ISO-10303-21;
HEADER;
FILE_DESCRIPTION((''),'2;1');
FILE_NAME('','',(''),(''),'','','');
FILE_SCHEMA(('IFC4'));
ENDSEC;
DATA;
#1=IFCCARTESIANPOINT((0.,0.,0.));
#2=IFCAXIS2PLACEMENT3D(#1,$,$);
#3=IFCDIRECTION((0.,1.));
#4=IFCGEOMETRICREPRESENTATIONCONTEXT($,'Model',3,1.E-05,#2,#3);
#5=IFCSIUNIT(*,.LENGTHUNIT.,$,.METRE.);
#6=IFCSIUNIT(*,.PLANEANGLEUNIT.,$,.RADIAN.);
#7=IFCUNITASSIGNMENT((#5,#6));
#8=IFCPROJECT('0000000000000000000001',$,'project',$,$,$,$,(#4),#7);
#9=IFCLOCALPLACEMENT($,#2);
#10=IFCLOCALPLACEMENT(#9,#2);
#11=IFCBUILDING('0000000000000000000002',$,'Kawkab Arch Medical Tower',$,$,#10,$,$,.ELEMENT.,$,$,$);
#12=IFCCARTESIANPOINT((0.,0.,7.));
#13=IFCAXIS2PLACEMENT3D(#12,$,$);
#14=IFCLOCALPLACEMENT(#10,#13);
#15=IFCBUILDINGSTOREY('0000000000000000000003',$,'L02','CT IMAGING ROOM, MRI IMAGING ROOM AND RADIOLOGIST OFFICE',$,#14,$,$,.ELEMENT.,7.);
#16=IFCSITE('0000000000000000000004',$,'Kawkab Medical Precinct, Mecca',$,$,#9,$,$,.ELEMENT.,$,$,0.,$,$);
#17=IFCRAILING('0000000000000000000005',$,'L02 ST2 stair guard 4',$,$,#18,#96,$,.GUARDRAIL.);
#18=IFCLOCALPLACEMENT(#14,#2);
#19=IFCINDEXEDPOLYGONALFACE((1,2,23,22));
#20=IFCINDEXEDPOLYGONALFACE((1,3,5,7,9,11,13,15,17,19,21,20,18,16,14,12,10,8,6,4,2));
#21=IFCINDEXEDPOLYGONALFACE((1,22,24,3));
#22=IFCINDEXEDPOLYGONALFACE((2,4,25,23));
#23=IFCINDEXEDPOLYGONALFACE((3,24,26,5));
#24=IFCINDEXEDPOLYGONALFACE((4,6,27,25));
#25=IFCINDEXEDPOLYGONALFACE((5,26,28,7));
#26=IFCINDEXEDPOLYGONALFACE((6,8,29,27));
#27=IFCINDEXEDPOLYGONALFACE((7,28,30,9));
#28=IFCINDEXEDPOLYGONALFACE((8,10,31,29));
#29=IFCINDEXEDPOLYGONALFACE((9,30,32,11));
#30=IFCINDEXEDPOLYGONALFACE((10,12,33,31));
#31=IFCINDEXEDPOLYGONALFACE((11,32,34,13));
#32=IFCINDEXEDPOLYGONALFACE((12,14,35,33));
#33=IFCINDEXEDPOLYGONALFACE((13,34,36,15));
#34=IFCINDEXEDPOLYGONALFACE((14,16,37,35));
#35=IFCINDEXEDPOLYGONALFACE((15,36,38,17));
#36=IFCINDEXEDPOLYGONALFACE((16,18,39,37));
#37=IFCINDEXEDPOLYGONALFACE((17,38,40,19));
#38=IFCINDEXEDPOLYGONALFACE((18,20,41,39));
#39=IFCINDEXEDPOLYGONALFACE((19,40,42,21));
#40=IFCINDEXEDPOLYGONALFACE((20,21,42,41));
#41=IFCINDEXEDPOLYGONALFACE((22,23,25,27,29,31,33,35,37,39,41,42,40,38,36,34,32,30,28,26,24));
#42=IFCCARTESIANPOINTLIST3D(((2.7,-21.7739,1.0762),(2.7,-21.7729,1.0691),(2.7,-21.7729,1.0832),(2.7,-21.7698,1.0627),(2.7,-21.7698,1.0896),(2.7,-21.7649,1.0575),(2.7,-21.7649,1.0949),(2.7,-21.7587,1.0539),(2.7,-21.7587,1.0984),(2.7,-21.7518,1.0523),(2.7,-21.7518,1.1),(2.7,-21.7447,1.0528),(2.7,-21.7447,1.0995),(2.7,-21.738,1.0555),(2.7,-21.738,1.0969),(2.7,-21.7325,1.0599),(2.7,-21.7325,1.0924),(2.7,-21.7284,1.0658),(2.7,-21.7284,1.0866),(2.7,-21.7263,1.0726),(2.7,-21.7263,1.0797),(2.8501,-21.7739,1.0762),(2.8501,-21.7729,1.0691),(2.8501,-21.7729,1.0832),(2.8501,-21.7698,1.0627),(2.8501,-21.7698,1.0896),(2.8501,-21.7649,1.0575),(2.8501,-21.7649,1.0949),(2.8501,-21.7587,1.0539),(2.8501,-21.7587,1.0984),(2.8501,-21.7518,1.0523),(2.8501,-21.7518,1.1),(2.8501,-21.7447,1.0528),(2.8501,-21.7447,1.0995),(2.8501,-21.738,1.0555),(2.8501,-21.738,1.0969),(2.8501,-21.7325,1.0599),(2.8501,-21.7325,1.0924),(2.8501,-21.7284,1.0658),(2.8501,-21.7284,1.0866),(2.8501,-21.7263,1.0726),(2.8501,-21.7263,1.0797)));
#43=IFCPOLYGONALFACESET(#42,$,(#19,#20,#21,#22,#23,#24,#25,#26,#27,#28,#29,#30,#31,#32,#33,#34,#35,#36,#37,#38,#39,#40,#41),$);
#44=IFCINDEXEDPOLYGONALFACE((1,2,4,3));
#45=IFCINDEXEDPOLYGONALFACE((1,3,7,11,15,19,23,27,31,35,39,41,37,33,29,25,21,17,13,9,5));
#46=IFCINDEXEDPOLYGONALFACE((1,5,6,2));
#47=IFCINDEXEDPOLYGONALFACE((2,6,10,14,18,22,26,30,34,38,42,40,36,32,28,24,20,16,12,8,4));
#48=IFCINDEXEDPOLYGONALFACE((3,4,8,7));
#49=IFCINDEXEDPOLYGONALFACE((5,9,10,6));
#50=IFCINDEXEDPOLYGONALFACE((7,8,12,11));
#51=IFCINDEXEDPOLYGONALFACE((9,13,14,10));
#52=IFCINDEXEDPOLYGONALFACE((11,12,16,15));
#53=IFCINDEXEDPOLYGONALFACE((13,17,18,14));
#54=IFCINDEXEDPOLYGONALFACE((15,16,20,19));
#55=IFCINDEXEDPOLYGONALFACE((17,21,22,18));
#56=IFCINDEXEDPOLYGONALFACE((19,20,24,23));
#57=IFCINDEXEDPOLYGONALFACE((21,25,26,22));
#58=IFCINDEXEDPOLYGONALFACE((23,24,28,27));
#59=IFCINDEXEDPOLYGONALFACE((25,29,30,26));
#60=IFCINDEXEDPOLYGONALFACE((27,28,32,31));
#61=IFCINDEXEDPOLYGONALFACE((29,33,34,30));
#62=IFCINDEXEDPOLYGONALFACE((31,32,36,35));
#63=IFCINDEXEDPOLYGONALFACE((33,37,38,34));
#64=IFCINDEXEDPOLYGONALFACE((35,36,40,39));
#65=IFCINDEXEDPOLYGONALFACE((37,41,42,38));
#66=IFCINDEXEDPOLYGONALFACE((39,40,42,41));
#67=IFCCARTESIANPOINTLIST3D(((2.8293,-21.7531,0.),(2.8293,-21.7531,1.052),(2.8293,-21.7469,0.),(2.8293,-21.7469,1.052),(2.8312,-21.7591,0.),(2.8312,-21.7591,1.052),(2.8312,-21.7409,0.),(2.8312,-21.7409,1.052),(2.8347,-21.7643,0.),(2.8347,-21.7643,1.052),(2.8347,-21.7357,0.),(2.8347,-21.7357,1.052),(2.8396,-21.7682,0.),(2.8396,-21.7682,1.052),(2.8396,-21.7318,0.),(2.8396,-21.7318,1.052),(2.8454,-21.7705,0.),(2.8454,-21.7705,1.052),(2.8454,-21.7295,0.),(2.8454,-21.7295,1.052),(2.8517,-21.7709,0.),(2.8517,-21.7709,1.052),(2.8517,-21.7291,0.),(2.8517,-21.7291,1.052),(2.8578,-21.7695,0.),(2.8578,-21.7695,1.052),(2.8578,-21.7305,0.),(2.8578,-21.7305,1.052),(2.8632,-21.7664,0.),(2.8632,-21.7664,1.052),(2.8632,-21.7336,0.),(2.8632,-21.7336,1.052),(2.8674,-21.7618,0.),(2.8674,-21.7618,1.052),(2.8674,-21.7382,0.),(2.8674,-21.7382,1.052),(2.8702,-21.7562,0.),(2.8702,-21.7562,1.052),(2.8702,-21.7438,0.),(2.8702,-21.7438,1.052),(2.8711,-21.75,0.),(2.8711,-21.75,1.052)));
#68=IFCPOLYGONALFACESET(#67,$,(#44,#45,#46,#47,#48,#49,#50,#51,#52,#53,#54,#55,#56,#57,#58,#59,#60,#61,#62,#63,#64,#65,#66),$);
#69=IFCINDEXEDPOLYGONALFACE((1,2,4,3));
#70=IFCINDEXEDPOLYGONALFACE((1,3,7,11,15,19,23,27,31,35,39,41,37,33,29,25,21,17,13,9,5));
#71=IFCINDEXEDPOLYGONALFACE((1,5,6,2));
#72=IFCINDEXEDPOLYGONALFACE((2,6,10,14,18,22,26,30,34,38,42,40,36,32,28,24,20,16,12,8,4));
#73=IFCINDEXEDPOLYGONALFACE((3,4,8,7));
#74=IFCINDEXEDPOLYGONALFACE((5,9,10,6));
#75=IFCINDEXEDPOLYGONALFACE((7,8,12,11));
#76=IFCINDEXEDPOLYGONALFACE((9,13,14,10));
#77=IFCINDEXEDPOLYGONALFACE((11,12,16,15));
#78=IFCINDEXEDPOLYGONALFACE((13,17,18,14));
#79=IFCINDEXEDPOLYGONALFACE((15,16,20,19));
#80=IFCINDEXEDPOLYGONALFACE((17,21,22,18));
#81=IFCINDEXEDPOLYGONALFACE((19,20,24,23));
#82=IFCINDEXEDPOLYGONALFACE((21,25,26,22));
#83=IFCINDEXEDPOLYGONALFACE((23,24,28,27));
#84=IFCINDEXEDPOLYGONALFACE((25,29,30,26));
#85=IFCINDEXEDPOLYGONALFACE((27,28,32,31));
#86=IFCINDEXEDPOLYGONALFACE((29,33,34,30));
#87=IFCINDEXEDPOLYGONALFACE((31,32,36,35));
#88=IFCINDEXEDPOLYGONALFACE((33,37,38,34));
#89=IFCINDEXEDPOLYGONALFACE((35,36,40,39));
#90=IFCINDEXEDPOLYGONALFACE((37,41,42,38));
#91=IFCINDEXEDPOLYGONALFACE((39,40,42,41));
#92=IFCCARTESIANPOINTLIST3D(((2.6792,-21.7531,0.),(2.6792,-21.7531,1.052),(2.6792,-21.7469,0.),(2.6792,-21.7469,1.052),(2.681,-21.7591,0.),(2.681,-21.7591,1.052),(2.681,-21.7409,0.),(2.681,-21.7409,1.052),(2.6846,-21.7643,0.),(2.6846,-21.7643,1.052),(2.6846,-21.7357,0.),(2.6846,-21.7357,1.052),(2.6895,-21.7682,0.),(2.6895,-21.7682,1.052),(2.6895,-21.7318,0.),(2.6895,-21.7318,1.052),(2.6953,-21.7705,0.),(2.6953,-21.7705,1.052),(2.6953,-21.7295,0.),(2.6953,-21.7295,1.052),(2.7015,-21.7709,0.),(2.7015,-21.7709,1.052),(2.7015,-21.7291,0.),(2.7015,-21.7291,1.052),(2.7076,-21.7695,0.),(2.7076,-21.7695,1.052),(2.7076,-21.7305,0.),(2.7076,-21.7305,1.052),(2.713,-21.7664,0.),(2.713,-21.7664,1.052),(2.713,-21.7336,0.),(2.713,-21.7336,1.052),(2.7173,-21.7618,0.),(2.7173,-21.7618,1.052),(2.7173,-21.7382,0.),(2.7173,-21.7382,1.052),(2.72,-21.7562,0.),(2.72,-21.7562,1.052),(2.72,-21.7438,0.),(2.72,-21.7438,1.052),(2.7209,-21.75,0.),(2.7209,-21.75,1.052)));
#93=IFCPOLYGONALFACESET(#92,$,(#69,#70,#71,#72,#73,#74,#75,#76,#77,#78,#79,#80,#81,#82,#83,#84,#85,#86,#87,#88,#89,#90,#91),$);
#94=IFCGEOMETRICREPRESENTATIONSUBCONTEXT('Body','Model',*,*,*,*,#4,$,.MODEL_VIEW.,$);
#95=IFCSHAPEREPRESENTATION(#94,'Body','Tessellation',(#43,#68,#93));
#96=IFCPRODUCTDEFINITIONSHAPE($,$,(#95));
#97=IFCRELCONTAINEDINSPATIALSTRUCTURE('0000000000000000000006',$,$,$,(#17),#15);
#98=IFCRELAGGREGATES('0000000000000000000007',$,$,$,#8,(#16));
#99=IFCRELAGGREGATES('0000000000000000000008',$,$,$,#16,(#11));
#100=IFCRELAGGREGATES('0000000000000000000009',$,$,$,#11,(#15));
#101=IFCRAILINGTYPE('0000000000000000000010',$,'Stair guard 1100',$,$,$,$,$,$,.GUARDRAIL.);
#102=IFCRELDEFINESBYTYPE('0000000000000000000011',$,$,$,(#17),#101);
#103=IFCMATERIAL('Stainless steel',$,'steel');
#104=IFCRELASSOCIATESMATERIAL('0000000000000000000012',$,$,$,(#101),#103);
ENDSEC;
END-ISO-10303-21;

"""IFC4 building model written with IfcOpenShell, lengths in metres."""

from ifc_helpers import new_model, si_unit, direction, frame, origin, origin_2d, place, context, subcontext, project, spatial, circle, extrude, material, type_object, element, save


model = new_model("IFC4")

# Units and contexts
model_context = context("Model", 3, precision=1e-05, world=origin(), true_north=direction((0.0, 1.0)))
body_context = subcontext(model_context, "Body", "Model", "MODEL_VIEW")
ifc_project = project(units=[si_unit("LENGTHUNIT", "METRE"), si_unit("PLANEANGLEUNIT", "RADIAN")], contexts=[model_context])

# Site, building, storey
site_placement = place(None, origin())
site = spatial("IfcSite", under=ifc_project, at=site_placement, Name="Kawkab Medical Precinct, Mecca", CompositionType="ELEMENT", RefElevation=0.0)
building_placement = place(site_placement, origin())
building = spatial("IfcBuilding", under=site, at=building_placement, Name="Kawkab Arch Medical Tower", CompositionType="ELEMENT")
storey_placement = place(building_placement, frame((0.0, 0.0, 7.0)))
storey = spatial("IfcBuildingStorey", under=building, at=storey_placement, Name="L02", Description="CT IMAGING ROOM, MRI IMAGING ROOM AND RADIOLOGIST OFFICE", CompositionType="ELEMENT", Elevation=7.0)

# Railing
ifc_material_1 = material(Name="Stainless steel", Category="steel")
railing_type = type_object("IfcRailingType", Name="Stair guard 1100", PredefinedType="GUARDRAIL", material=ifc_material_1)
railing_1_placement = place(storey_placement, frame((2.8501, -21.75, 0.0)))
element("IfcRailing", 1, at=railing_1_placement, inside=storey, type_object=railing_type, Name="L02 ST2 stair guard 4", PredefinedType="GUARDRAIL", context=body_context, shape_type="SweptSolid", body=[
    extrude(circle(Radius=0.0239, at=origin_2d()), frame((0.0, 0.0, 1.0762), z_axis=(-1.0, 0.0, 0.0), x_axis=(0.0, -1.0, 0.0)), (0.0, 0.0, 1.0), 0.1501),
    extrude(circle(Radius=0.021, at=origin_2d()), origin(), (0.0, 0.0, 1.0), 1.052),
    extrude(circle(Radius=0.021, at=origin_2d()), frame((-0.1501, 0.0, 0.0)), (0.0, 0.0, 1.0), 1.052),
])

save(model, "model.ifc")
